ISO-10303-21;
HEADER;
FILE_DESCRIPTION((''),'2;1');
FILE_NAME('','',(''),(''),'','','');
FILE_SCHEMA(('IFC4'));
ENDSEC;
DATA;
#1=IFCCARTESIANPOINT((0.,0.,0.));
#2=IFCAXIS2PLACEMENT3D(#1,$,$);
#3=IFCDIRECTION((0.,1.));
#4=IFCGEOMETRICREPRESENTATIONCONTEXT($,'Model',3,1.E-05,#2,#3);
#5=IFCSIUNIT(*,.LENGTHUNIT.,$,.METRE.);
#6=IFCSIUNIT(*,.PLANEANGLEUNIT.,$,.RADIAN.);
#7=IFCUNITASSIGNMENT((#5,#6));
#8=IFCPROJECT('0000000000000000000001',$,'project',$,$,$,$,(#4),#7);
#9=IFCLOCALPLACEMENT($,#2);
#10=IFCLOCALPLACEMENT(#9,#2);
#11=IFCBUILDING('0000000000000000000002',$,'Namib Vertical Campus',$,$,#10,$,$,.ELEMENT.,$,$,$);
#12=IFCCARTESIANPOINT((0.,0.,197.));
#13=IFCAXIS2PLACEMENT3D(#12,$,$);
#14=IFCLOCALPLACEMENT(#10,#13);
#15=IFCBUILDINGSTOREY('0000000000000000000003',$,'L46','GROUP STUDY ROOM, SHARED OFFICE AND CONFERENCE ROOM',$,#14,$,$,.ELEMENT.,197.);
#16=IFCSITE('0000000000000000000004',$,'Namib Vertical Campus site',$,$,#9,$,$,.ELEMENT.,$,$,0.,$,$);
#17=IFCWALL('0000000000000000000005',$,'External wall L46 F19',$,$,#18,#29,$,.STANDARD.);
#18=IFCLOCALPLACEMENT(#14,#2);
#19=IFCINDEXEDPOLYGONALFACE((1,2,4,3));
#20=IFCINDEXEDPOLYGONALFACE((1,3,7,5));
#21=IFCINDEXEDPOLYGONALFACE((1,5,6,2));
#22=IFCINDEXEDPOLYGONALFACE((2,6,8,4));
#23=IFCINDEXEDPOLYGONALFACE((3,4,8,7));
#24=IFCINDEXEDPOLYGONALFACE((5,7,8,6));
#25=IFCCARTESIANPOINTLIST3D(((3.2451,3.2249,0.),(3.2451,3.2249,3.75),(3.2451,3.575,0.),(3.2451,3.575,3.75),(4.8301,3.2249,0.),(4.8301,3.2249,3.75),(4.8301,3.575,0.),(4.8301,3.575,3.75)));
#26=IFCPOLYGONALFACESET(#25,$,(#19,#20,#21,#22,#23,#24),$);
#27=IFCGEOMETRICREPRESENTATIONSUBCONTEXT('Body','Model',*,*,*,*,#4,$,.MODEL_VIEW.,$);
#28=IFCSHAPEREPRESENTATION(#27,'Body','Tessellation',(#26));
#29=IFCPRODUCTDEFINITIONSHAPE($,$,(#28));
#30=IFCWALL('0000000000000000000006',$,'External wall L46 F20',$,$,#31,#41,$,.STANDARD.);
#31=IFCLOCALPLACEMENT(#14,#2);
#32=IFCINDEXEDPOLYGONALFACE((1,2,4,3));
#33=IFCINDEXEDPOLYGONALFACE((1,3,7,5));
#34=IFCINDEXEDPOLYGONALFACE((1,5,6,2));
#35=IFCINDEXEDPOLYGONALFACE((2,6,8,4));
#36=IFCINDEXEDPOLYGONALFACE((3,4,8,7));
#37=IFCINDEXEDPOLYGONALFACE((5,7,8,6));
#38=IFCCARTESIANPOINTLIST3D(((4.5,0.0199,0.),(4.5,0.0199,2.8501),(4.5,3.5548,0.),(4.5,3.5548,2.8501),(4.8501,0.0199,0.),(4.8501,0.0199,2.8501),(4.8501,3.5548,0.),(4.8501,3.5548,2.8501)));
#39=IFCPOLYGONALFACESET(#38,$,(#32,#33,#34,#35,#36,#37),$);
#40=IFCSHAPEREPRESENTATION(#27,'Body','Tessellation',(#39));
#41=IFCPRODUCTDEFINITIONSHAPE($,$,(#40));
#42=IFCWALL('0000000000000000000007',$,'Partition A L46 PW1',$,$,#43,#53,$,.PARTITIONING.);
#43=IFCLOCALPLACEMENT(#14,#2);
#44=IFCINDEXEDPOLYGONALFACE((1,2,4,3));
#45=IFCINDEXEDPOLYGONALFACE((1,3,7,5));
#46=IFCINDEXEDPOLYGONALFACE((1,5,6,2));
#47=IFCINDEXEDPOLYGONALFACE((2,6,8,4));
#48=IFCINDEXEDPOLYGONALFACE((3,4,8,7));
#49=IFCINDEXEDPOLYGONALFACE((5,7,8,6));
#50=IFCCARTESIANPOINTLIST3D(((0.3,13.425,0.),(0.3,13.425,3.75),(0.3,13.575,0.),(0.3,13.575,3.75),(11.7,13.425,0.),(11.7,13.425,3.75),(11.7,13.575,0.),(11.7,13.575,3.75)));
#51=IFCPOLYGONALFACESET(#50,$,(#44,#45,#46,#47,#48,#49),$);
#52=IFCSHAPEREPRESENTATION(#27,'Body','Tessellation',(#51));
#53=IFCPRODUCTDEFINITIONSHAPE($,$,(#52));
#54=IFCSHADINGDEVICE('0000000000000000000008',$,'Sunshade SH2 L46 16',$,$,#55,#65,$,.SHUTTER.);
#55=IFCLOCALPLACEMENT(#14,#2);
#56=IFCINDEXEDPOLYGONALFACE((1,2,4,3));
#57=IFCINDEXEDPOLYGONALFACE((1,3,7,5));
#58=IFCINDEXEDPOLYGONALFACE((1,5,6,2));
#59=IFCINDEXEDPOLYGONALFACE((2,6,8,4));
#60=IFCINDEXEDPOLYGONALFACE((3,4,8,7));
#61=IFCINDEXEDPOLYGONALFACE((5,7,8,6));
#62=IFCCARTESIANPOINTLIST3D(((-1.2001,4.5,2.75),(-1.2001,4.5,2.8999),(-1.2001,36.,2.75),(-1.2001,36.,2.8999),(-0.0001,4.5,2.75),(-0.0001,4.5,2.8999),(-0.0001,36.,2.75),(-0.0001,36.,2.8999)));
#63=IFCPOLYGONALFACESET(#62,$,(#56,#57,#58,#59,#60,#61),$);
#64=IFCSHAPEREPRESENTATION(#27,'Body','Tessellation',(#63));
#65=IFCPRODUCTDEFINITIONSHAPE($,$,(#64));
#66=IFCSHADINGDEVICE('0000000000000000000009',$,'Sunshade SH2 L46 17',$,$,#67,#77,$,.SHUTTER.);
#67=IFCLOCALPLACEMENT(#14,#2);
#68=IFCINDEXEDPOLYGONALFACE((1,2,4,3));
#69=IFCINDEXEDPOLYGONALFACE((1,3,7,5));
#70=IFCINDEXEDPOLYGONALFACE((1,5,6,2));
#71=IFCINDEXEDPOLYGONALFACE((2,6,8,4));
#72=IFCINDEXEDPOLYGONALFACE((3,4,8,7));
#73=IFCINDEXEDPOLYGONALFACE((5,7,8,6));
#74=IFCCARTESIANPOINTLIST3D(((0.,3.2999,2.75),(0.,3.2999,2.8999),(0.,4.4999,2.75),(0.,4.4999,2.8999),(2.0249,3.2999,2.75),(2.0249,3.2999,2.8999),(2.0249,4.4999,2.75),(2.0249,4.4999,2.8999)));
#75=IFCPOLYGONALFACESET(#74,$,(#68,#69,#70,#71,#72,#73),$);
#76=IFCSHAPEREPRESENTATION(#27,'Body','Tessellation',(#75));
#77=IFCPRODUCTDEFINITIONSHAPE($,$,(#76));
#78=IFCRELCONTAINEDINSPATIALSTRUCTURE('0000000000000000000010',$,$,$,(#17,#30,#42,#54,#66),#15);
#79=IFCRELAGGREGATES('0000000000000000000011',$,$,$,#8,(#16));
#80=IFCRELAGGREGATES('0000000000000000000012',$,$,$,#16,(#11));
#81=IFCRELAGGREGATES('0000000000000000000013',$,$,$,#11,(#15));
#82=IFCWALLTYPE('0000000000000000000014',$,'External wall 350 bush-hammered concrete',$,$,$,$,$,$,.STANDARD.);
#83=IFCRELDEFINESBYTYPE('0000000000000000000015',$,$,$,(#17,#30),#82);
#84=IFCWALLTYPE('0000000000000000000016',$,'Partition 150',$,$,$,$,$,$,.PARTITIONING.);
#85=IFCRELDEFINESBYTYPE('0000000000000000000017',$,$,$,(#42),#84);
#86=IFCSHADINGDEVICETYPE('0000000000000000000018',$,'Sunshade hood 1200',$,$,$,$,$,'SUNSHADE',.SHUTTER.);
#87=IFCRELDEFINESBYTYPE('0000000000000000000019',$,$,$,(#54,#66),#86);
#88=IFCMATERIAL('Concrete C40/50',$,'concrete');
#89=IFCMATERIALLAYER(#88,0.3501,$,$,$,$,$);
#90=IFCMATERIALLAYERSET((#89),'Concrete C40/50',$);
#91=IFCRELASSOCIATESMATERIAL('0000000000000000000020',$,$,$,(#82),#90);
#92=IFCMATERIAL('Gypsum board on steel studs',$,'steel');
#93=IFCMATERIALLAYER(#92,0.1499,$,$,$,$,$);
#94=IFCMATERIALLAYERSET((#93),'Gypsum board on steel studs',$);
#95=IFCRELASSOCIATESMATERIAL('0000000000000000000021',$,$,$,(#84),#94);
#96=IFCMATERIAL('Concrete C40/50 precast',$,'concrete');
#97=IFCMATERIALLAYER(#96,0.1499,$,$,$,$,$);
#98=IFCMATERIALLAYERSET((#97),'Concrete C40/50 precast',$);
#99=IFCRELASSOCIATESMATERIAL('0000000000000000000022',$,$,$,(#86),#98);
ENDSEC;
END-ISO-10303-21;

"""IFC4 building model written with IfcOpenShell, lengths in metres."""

from ifc_helpers import new_model, si_unit, direction, frame, frame_2d, origin, origin_2d, place, context, subcontext, project, spatial, rectangle, extrude, material, layer, layer_set, type_object, element, save


model = new_model("IFC4")

# Units and contexts
model_context = context("Model", 3, precision=1e-05, world=origin(), true_north=direction((0.0, 1.0)))
body_context = subcontext(model_context, "Body", "Model", "MODEL_VIEW")
ifc_project = project(units=[si_unit("LENGTHUNIT", "METRE"), si_unit("PLANEANGLEUNIT", "RADIAN")], contexts=[model_context])

# Site, building, storey
site_placement = place(None, origin())
site = spatial("IfcSite", under=ifc_project, at=site_placement, Name="Namib Vertical Campus site", CompositionType="ELEMENT", RefElevation=0.0)
building_placement = place(site_placement, origin())
building = spatial("IfcBuilding", under=site, at=building_placement, Name="Namib Vertical Campus", CompositionType="ELEMENT")
storey_placement = place(building_placement, frame((0.0, 0.0, 197.0)))
storey = spatial("IfcBuildingStorey", under=building, at=storey_placement, Name="L46", Description="GROUP STUDY ROOM, SHARED OFFICE AND CONFERENCE ROOM", CompositionType="ELEMENT", Elevation=197.0)

# Walls
ifc_material_1 = material(Name="Concrete C40/50", Category="concrete")
ifc_layer_1 = layer(ifc_material_1, 0.3501)
ifc_layer_set_1 = layer_set([ifc_layer_1], Name="Concrete C40/50")
wall_type_1 = type_object("IfcWallType", Name="External wall 350 bush-hammered concrete", PredefinedType="STANDARD", material=ifc_layer_set_1)
for number, where, z_axis, x_axis, name in (
    (1, (3.2451, 3.3999, 0.0), (0.0, 0.0, 1.0), (1.0, 0.0, 0.0), "External wall L46 F19"),
):
    element("IfcWall", number, at=place(storey_placement, frame(where, z_axis=z_axis, x_axis=x_axis)), inside=storey, type_object=wall_type_1, Name=name, PredefinedType="STANDARD", context=body_context, shape_type="SweptSolid", body=[
        extrude(rectangle(XDim=1.585, YDim=0.3501, at=frame_2d((0.7925, 0.0))), origin(), (0.0, 0.0, 1.0), 3.75),
    ])
wall_1_placement = place(storey_placement, frame((4.675, 3.5549, 0.0), z_axis=(0.0, 0.0, 1.0), x_axis=(0.0, -1.0, 0.0)))
element("IfcWall", 2, at=wall_1_placement, inside=storey, type_object=wall_type_1, Name="External wall L46 F20", PredefinedType="STANDARD", context=body_context, shape_type="SweptSolid", body=[
    extrude(rectangle(XDim=3.5349, YDim=0.3501, at=frame_2d((1.7676, 0.0))), origin(), (0.0, 0.0, 1.0), 2.8501),
])
ifc_material_2 = material(Name="Gypsum board on steel studs", Category="steel")
ifc_layer_2 = layer(ifc_material_2, 0.1499)
ifc_layer_set_2 = layer_set([ifc_layer_2], Name="Gypsum board on steel studs")
wall_type_2 = type_object("IfcWallType", Name="Partition 150", PredefinedType="PARTITIONING", material=ifc_layer_set_2)
wall_2_placement = place(storey_placement, frame((0.3, 13.5, 0.0), z_axis=(0.0, 0.0, 1.0), x_axis=(1.0, 0.0, 0.0)))
element("IfcWall", 3, at=wall_2_placement, inside=storey, type_object=wall_type_2, Name="Partition A L46 PW1", PredefinedType="PARTITIONING", context=body_context, shape_type="SweptSolid", body=[
    extrude(rectangle(XDim=11.3999, YDim=0.1499, at=frame_2d((5.7, 0.0))), origin(), (0.0, 0.0, 1.0), 3.75),
])

# Shading devices
ifc_material_3 = material(Name="Concrete C40/50 precast", Category="concrete")
ifc_layer_3 = layer(ifc_material_3, 0.1499)
ifc_layer_set_3 = layer_set([ifc_layer_3], Name="Concrete C40/50 precast")
shading_device_type = type_object("IfcShadingDeviceType", Name="Sunshade hood 1200", ElementType="SUNSHADE", PredefinedType="SHUTTER", material=ifc_layer_set_3)
shading_device_1_placement = place(storey_placement, frame((-0.6001, 20.25, 2.75), z_axis=(0.0, 0.0, 1.0), x_axis=(0.0, -1.0, 0.0)))
element("IfcShadingDevice", 4, at=shading_device_1_placement, inside=storey, type_object=shading_device_type, Name="Sunshade SH2 L46 16", PredefinedType="SHUTTER", context=body_context, shape_type="SweptSolid", body=[
    extrude(rectangle(XDim=31.5, YDim=1.2, at=origin_2d()), origin(), (0.0, 0.0, 1.0), 0.1499),
])
shading_device_2_placement = place(storey_placement, frame((1.0125, 3.8999, 2.75), z_axis=(0.0, 0.0, 1.0), x_axis=(1.0, 0.0, 0.0)))
element("IfcShadingDevice", 5, at=shading_device_2_placement, inside=storey, type_object=shading_device_type, Name="Sunshade SH2 L46 17", PredefinedType="SHUTTER", context=body_context, shape_type="SweptSolid", body=[
    extrude(rectangle(XDim=2.0249, YDim=1.2, at=origin_2d()), origin(), (0.0, 0.0, 1.0), 0.1499),
])

save(model, "model.ifc")
